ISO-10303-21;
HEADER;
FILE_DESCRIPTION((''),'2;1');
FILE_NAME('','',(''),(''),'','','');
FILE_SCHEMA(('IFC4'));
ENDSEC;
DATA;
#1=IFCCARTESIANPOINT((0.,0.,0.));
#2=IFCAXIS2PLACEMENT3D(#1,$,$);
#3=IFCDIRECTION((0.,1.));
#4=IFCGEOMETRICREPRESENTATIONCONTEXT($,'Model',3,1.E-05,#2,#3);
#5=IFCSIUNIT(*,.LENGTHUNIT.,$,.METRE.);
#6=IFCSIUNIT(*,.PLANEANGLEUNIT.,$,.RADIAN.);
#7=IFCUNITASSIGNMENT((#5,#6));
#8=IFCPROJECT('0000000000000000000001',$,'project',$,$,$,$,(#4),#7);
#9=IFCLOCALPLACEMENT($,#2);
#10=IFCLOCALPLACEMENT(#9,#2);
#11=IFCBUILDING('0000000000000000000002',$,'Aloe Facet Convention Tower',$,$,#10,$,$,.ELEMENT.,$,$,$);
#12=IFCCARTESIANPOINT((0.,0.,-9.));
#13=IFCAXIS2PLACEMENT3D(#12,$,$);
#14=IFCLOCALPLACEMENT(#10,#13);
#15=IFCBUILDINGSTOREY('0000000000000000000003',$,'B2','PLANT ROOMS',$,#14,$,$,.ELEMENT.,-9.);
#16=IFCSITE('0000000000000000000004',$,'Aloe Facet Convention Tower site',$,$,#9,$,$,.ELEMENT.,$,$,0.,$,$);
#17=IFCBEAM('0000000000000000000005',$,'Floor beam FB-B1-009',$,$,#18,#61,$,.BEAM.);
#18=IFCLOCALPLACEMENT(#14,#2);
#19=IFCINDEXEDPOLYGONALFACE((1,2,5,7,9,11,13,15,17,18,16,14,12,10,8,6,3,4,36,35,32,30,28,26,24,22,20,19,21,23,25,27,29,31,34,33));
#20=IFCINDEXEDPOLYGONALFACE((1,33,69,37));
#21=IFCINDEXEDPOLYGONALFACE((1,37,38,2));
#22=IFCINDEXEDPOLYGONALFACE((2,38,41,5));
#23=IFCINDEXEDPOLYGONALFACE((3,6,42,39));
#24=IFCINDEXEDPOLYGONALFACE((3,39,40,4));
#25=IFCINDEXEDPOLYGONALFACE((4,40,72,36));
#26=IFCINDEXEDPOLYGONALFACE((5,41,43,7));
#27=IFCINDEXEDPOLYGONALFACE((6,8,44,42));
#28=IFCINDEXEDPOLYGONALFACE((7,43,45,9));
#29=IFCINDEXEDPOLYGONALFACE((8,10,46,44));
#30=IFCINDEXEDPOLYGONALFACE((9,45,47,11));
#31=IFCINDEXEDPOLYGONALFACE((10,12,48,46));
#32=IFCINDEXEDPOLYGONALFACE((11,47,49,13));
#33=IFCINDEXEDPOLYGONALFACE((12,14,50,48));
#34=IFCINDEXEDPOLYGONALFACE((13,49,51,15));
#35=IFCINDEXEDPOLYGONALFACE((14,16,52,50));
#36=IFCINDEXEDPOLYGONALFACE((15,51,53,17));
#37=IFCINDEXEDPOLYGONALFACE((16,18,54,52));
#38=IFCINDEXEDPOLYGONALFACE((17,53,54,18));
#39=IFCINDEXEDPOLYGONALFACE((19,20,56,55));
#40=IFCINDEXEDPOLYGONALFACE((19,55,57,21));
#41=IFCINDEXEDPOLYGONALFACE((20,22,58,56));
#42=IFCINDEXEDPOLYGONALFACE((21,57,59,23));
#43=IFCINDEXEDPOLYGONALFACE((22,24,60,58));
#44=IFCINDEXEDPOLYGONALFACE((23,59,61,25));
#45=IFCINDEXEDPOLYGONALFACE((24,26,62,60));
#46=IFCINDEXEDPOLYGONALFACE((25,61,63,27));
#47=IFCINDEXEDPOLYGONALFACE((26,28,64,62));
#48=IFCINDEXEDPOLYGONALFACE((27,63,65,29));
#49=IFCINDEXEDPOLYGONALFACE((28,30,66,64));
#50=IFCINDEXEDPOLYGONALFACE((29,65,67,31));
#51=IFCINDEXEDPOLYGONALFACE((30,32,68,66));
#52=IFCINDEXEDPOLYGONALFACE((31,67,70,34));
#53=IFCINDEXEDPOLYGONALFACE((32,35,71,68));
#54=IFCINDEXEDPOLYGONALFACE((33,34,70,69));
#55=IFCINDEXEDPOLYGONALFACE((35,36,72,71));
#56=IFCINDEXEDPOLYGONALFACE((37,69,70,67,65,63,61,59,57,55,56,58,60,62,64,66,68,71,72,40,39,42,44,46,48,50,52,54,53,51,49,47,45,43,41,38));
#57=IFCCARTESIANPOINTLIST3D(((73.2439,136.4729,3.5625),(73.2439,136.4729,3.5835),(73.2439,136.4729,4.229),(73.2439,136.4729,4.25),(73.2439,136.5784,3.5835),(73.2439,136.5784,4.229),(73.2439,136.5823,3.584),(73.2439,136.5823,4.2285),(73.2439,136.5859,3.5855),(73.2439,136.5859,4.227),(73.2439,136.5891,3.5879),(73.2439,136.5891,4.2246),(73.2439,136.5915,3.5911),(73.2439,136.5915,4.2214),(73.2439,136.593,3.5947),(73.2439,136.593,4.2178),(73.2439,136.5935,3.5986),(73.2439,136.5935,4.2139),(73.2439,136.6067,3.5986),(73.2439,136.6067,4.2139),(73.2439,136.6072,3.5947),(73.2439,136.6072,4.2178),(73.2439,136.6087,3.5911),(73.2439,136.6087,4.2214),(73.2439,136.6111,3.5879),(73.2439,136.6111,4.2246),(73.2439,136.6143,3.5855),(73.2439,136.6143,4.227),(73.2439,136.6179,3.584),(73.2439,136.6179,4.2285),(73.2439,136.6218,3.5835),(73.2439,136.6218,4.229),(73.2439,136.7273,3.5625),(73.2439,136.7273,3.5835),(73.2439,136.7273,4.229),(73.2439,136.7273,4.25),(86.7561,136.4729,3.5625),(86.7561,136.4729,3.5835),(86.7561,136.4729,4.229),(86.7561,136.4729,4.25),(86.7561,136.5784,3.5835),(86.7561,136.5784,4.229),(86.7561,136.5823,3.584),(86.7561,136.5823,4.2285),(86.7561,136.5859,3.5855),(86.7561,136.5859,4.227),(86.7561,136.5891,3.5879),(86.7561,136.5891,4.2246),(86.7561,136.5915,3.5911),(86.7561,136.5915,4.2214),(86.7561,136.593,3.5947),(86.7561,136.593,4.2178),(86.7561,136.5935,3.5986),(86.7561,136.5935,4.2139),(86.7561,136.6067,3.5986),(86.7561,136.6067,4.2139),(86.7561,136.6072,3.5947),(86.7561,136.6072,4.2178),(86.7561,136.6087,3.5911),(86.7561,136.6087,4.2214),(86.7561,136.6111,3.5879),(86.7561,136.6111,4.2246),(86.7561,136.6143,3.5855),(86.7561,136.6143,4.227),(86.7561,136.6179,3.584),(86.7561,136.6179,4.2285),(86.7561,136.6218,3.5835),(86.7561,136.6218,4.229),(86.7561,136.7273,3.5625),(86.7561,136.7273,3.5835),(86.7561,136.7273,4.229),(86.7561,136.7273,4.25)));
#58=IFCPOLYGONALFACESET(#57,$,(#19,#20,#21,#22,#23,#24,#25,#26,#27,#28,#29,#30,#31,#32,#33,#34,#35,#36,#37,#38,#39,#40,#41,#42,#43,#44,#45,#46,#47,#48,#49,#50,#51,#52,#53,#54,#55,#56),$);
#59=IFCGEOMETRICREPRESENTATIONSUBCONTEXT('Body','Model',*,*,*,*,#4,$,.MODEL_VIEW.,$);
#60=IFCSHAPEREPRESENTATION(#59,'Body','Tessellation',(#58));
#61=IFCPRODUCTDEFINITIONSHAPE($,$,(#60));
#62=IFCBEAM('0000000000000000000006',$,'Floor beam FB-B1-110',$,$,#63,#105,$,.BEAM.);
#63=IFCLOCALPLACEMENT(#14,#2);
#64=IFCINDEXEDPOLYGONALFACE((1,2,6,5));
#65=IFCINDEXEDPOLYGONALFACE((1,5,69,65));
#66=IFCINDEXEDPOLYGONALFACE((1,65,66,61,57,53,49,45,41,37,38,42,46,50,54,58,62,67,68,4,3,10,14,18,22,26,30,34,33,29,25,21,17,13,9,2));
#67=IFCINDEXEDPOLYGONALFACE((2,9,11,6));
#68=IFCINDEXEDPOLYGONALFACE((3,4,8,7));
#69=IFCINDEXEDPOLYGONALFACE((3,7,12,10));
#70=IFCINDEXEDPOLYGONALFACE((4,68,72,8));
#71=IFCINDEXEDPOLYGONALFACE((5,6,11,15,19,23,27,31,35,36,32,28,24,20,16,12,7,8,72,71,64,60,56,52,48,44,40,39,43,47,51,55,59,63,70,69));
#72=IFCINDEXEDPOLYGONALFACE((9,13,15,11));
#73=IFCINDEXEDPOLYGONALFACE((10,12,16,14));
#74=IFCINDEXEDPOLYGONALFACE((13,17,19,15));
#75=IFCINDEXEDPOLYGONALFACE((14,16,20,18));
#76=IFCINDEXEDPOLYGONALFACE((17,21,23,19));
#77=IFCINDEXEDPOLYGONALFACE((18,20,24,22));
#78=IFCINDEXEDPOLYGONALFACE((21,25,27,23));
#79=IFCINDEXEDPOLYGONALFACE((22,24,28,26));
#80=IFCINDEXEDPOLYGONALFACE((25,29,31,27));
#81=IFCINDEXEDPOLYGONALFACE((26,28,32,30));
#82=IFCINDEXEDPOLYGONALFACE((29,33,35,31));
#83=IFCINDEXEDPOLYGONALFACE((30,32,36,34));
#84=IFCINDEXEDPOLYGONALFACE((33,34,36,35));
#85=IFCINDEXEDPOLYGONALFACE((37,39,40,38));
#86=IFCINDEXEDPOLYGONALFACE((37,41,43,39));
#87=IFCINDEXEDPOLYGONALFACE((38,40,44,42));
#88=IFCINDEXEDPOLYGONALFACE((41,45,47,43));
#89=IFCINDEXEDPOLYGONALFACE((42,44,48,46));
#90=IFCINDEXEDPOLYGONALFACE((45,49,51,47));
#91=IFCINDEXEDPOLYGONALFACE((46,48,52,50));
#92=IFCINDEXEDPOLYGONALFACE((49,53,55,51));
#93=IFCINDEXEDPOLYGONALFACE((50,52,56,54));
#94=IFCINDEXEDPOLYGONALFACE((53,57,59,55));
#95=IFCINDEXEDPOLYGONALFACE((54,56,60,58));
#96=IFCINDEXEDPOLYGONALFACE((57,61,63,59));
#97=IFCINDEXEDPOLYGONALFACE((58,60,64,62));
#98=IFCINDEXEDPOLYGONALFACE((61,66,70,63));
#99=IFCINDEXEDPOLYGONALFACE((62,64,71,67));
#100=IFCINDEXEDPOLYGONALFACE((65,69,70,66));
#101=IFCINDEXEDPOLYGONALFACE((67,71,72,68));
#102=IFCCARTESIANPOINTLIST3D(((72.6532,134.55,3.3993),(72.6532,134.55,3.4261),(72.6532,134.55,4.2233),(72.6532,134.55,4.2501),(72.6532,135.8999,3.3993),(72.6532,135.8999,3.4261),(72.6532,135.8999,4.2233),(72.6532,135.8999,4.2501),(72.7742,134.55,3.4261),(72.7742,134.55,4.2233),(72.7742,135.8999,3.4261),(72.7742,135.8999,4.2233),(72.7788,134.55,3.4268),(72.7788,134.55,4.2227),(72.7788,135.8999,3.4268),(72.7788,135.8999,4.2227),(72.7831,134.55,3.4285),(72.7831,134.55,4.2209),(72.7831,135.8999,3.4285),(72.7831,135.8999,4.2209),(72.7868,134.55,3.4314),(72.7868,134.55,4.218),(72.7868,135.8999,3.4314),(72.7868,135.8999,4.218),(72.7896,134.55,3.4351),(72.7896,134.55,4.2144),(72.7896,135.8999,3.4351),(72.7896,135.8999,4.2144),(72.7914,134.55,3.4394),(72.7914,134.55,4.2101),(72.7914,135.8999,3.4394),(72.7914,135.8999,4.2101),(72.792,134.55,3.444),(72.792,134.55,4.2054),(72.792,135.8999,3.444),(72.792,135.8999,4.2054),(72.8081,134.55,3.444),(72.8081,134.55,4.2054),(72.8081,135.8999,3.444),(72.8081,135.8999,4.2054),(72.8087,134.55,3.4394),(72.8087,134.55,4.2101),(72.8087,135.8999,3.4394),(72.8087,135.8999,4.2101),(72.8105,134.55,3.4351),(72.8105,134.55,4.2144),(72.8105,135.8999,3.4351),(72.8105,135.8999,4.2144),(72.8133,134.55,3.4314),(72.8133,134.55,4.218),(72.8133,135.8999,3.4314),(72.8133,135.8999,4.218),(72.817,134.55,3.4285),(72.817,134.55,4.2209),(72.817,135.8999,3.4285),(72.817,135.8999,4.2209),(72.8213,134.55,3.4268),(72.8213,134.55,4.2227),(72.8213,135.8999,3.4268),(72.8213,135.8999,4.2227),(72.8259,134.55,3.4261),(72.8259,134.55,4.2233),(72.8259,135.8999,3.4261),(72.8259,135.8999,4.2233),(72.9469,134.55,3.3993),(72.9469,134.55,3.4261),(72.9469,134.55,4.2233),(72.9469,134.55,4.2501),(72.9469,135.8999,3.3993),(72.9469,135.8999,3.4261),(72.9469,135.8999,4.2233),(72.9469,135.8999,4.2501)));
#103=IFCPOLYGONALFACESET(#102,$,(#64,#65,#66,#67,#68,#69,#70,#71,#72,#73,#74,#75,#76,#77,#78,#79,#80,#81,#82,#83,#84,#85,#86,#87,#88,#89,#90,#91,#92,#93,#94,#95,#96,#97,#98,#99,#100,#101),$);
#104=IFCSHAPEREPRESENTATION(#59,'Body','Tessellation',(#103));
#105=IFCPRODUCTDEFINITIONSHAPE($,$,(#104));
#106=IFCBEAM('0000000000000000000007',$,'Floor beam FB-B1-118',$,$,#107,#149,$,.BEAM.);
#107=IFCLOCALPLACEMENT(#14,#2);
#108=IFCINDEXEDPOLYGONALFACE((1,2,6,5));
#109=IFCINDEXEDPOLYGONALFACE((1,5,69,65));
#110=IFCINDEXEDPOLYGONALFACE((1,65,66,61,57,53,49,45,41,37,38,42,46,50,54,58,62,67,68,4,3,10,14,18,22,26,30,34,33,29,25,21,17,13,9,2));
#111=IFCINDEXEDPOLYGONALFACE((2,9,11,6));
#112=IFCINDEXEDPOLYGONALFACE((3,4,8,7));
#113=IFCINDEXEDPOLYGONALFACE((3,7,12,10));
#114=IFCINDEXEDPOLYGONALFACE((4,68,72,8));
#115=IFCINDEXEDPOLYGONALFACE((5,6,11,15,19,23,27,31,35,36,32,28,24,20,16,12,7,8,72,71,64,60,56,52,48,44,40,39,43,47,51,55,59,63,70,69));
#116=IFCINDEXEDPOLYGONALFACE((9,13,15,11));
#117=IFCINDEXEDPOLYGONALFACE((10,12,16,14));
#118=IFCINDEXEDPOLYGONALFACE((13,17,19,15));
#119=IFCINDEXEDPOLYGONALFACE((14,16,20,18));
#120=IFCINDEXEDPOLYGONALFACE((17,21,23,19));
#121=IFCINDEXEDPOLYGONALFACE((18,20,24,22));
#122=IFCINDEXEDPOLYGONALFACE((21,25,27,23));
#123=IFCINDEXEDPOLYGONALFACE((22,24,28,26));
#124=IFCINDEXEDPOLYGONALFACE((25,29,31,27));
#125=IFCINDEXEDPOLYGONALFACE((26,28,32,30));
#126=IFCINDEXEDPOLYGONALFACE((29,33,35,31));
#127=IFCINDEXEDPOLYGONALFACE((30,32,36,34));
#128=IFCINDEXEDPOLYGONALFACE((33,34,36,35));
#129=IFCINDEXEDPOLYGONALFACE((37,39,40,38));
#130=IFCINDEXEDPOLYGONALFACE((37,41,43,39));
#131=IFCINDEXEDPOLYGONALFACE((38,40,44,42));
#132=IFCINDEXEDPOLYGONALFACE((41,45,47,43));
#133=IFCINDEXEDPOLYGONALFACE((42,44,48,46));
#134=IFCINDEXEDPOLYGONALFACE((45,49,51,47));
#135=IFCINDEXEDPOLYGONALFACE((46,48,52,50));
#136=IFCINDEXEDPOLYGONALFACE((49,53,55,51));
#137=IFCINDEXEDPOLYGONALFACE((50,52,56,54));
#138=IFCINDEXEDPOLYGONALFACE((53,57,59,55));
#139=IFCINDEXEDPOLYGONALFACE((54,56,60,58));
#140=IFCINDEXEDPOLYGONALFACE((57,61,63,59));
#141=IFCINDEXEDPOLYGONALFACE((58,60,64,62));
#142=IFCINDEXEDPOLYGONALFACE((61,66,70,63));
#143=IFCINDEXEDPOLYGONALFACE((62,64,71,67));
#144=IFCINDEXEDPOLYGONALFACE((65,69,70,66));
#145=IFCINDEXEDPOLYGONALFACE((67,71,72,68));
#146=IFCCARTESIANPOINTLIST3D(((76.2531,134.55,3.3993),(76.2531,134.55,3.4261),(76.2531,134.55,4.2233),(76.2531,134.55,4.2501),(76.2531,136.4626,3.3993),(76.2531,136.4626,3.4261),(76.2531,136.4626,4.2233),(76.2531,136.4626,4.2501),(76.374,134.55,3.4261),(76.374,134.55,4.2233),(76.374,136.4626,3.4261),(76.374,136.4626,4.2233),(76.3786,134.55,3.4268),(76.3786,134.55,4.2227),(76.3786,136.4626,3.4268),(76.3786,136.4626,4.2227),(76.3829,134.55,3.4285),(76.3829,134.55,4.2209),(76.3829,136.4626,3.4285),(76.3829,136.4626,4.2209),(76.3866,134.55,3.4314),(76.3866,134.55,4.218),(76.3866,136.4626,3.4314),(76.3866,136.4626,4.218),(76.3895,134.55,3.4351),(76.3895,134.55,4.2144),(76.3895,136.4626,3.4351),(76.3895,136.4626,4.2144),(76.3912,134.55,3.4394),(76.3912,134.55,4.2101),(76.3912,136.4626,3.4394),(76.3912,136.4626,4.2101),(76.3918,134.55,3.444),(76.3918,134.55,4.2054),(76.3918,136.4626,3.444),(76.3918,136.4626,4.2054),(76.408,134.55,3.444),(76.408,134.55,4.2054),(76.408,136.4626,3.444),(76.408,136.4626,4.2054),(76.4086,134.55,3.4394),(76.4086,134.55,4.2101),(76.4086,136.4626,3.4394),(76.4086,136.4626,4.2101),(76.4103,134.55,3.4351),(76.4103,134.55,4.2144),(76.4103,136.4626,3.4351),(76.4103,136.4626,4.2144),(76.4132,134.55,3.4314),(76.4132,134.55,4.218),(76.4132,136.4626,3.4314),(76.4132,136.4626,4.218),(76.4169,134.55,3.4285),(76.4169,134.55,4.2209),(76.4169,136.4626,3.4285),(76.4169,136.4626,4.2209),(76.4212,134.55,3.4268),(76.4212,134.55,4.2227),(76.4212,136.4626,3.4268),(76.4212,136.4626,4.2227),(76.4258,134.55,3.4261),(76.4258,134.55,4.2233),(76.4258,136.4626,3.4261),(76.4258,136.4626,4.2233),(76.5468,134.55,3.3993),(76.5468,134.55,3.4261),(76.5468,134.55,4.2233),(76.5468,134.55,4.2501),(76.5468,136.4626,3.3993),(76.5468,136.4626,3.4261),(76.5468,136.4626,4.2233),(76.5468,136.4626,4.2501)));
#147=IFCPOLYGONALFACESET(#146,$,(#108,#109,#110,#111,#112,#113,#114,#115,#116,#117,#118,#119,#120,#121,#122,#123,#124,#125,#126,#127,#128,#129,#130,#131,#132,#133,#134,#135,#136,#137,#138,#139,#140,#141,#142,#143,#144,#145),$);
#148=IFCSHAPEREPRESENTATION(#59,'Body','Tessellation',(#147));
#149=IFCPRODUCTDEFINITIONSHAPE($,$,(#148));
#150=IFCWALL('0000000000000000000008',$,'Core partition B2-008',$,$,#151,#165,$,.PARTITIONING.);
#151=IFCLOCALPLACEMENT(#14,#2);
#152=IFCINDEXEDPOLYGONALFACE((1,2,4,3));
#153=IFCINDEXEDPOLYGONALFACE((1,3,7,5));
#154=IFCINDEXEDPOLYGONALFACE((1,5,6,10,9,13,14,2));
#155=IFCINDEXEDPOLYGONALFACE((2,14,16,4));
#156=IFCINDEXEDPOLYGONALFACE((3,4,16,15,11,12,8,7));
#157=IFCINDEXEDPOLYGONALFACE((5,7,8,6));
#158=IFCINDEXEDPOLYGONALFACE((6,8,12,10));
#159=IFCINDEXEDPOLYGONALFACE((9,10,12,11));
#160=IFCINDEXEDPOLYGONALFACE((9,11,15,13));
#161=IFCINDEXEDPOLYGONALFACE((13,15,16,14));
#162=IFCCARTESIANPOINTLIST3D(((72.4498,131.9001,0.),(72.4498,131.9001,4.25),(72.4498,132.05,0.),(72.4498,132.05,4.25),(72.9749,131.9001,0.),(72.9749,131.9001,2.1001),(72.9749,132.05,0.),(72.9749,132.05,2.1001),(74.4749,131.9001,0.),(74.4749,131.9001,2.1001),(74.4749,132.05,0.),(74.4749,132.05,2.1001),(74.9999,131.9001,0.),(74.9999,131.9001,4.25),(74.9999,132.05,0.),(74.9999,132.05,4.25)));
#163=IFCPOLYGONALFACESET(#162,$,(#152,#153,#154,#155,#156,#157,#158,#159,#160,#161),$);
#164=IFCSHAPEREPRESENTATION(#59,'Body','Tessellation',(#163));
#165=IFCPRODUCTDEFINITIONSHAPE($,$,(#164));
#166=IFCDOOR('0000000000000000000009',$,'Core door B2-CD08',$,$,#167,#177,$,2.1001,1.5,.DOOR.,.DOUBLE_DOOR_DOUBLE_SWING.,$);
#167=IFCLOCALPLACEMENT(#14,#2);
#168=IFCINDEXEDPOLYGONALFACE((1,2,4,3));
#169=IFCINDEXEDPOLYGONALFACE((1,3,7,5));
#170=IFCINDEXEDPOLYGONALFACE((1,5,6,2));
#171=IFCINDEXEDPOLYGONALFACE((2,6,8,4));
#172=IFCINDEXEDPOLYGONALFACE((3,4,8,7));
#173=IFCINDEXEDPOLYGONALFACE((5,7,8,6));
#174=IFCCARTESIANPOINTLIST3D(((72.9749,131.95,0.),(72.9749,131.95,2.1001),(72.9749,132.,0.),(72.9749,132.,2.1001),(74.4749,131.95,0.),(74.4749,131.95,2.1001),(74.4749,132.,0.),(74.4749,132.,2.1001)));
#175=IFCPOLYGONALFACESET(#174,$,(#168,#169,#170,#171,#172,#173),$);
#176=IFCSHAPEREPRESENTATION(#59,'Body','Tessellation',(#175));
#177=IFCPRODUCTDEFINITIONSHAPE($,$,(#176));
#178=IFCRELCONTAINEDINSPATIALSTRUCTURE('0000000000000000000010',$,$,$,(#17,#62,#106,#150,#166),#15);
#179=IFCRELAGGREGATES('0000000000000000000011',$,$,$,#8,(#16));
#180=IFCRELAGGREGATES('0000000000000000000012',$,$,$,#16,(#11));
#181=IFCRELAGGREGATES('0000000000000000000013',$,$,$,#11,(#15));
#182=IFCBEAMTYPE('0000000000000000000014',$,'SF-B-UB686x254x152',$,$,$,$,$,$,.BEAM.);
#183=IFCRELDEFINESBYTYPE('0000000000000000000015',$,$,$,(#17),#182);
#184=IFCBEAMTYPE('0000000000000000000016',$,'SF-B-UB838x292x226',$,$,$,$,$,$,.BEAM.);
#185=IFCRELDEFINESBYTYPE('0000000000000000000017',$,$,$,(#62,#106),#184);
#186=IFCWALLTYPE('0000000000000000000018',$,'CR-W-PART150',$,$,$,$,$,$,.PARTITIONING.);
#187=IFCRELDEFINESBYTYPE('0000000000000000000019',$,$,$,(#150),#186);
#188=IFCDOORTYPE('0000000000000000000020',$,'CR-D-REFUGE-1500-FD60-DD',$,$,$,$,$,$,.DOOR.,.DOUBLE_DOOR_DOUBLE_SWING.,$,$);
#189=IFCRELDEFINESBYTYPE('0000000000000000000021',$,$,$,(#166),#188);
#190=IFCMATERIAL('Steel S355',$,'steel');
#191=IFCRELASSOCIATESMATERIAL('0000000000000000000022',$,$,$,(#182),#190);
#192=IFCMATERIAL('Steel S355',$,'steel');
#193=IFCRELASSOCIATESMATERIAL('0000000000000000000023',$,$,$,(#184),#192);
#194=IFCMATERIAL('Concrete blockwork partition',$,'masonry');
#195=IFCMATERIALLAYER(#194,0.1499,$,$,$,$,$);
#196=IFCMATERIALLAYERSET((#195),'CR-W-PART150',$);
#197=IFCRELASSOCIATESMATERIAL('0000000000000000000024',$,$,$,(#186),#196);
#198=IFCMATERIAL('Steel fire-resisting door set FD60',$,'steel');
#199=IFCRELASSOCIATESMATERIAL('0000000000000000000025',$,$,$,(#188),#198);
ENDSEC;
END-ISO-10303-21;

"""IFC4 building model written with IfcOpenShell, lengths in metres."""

from ifc_helpers import new_model, si_unit, direction, frame, frame_2d, origin, origin_2d, place, context, subcontext, project, spatial, rectangle, i_section, extrude, material, layer, layer_set, material_profile, profile_set, type_object, element, fill, save


model = new_model("IFC4")

# Units and contexts
model_context = context("Model", 3, precision=1e-05, world=origin(), true_north=direction((0.0, 1.0)))
body_context = subcontext(model_context, "Body", "Model", "MODEL_VIEW")
ifc_project = project(units=[si_unit("LENGTHUNIT", "METRE"), si_unit("PLANEANGLEUNIT", "RADIAN")], contexts=[model_context])

# Site, building, storey
site_placement = place(None, origin())
site = spatial("IfcSite", under=ifc_project, at=site_placement, Name="Aloe Facet Convention Tower site", CompositionType="ELEMENT", RefElevation=0.0)
building_placement = place(site_placement, origin())
building = spatial("IfcBuilding", under=site, at=building_placement, Name="Aloe Facet Convention Tower", CompositionType="ELEMENT")
storey_placement = place(building_placement, frame((0.0, 0.0, -9.0)))
storey = spatial("IfcBuildingStorey", under=building, at=storey_placement, Name="B2", Description="PLANT ROOMS", CompositionType="ELEMENT", Elevation=-9.0)

# Beams
ifc_material_1 = material(Name="Steel S355", Category="steel")
ifc_material_profile_1 = material_profile(ifc_material_1, i_section(OverallWidth=0.2544, OverallDepth=0.6875, WebThickness=0.0132, FlangeThickness=0.021, FilletRadius=0.0151, at=origin_2d()), Name="UB 686x254x152")
ifc_profile_set_1 = profile_set([ifc_material_profile_1], Name="Steel S355")
beam_type_1 = type_object("IfcBeamType", Name="SF-B-UB686x254x152", PredefinedType="BEAM", material=ifc_profile_set_1)
beam_1_placement = place(storey_placement, frame((73.2439, 136.6001, 3.9062), z_axis=(1.0, 0.0, 0.0), x_axis=(0.0, 1.0, 0.0)))
element("IfcBeam", 1, at=beam_1_placement, inside=storey, type_object=beam_type_1, Name="Floor beam FB-B1-009", PredefinedType="BEAM", context=body_context, shape_type="SweptSolid", body=[
    extrude(i_section(OverallWidth=0.2544, OverallDepth=0.6875, WebThickness=0.0132, FlangeThickness=0.021, FilletRadius=0.0151, at=origin_2d()), origin(), (0.0, 0.0, 1.0), 13.5122),
])
ifc_material_2 = material(Name="Steel S355", Category="steel")
ifc_material_profile_2 = material_profile(ifc_material_2, i_section(OverallWidth=0.2937, OverallDepth=0.8508, WebThickness=0.0161, FlangeThickness=0.0269, FilletRadius=0.0178, at=origin_2d()), Name="UB 838x292x226")
ifc_profile_set_2 = profile_set([ifc_material_profile_2], Name="Steel S355")
beam_type_2 = type_object("IfcBeamType", Name="SF-B-UB838x292x226", PredefinedType="BEAM", material=ifc_profile_set_2)
beam_2_placement = place(storey_placement, frame((72.8, 134.55, 3.8247), z_axis=(0.0, 1.0, 0.0), x_axis=(-1.0, 0.0, 0.0)))
element("IfcBeam", 2, at=beam_2_placement, inside=storey, type_object=beam_type_2, Name="Floor beam FB-B1-110", PredefinedType="BEAM", context=body_context, shape_type="SweptSolid", body=[
    extrude(i_section(OverallWidth=0.2937, OverallDepth=0.8508, WebThickness=0.0161, FlangeThickness=0.0269, FilletRadius=0.0178, at=origin_2d()), origin(), (0.0, 0.0, 1.0), 1.3499),
])
beam_3_placement = place(storey_placement, frame((76.3999, 134.55, 3.8247), z_axis=(0.0, 1.0, 0.0), x_axis=(-1.0, 0.0, 0.0)))
element("IfcBeam", 3, at=beam_3_placement, inside=storey, type_object=beam_type_2, Name="Floor beam FB-B1-118", PredefinedType="BEAM", context=body_context, shape_type="SweptSolid", body=[
    extrude(i_section(OverallWidth=0.2937, OverallDepth=0.8508, WebThickness=0.0161, FlangeThickness=0.0269, FilletRadius=0.0178, at=origin_2d()), origin(), (0.0, 0.0, 1.0), 1.9126),
])

# Wall, opening, door
ifc_material_3 = material(Name="Concrete blockwork partition", Category="masonry")
ifc_layer_1 = layer(ifc_material_3, 0.1499)
ifc_layer_set_1 = layer_set([ifc_layer_1], Name="CR-W-PART150")
wall_type_1 = type_object("IfcWallType", Name="CR-W-PART150", PredefinedType="PARTITIONING", material=ifc_layer_set_1)
wall_1_placement = place(storey_placement, frame((72.45, 131.9751, 0.0), z_axis=(0.0, 0.0, 1.0), x_axis=(1.0, 0.0, 0.0)))
wall_1 = element("IfcWall", 4, at=wall_1_placement, inside=storey, type_object=wall_type_1, Name="Core partition B2-008", PredefinedType="PARTITIONING", context=body_context, shape_type="SweptSolid", body=[
    extrude(rectangle(XDim=2.55, YDim=0.1499, at=frame_2d((1.2749, 0.0))), origin(), (0.0, 0.0, 1.0), 4.25),
])
opening_1_placement = place(wall_1_placement, frame((0.5249, 0.0, 0.0)))
opening_1 = element("IfcOpeningElement", 5, at=opening_1_placement, cuts=wall_1, PredefinedType="OPENING", context=body_context, shape_type="SweptSolid", body=[
    extrude(rectangle(XDim=1.5, YDim=2.1001, at=frame_2d((0.75, 1.05))), frame((0.0, 0.085, 0.0), z_axis=(0.0, -1.0, 0.0), x_axis=(1.0, 0.0, 0.0)), (0.0, 0.0, 1.0), 0.1699),
])
ifc_material_4 = material(Name="Steel fire-resisting door set FD60", Category="steel")
door_type_1 = type_object("IfcDoorType", Name="CR-D-REFUGE-1500-FD60-DD", OperationType="DOUBLE_DOOR_DOUBLE_SWING", PredefinedType="DOOR", material=ifc_material_4)
door_1_placement = place(opening_1_placement, origin())
door_1 = element("IfcDoor", 6, at=door_1_placement, inside=storey, type_object=door_type_1, Name="Core door B2-CD08", OperationType="DOUBLE_DOOR_DOUBLE_SWING", OverallHeight=2.1001, OverallWidth=1.5, PredefinedType="DOOR", context=body_context, shape_type="SweptSolid", body=[
    extrude(rectangle(XDim=1.5, YDim=2.1001, at=frame_2d((0.75, 1.05))), frame((0.0, 0.0249, 0.0), z_axis=(0.0, -1.0, 0.0), x_axis=(1.0, 0.0, 0.0)), (0.0, 0.0, 1.0), 0.05),
])
fill(opening_1, door_1)

save(model, "model.ifc")
